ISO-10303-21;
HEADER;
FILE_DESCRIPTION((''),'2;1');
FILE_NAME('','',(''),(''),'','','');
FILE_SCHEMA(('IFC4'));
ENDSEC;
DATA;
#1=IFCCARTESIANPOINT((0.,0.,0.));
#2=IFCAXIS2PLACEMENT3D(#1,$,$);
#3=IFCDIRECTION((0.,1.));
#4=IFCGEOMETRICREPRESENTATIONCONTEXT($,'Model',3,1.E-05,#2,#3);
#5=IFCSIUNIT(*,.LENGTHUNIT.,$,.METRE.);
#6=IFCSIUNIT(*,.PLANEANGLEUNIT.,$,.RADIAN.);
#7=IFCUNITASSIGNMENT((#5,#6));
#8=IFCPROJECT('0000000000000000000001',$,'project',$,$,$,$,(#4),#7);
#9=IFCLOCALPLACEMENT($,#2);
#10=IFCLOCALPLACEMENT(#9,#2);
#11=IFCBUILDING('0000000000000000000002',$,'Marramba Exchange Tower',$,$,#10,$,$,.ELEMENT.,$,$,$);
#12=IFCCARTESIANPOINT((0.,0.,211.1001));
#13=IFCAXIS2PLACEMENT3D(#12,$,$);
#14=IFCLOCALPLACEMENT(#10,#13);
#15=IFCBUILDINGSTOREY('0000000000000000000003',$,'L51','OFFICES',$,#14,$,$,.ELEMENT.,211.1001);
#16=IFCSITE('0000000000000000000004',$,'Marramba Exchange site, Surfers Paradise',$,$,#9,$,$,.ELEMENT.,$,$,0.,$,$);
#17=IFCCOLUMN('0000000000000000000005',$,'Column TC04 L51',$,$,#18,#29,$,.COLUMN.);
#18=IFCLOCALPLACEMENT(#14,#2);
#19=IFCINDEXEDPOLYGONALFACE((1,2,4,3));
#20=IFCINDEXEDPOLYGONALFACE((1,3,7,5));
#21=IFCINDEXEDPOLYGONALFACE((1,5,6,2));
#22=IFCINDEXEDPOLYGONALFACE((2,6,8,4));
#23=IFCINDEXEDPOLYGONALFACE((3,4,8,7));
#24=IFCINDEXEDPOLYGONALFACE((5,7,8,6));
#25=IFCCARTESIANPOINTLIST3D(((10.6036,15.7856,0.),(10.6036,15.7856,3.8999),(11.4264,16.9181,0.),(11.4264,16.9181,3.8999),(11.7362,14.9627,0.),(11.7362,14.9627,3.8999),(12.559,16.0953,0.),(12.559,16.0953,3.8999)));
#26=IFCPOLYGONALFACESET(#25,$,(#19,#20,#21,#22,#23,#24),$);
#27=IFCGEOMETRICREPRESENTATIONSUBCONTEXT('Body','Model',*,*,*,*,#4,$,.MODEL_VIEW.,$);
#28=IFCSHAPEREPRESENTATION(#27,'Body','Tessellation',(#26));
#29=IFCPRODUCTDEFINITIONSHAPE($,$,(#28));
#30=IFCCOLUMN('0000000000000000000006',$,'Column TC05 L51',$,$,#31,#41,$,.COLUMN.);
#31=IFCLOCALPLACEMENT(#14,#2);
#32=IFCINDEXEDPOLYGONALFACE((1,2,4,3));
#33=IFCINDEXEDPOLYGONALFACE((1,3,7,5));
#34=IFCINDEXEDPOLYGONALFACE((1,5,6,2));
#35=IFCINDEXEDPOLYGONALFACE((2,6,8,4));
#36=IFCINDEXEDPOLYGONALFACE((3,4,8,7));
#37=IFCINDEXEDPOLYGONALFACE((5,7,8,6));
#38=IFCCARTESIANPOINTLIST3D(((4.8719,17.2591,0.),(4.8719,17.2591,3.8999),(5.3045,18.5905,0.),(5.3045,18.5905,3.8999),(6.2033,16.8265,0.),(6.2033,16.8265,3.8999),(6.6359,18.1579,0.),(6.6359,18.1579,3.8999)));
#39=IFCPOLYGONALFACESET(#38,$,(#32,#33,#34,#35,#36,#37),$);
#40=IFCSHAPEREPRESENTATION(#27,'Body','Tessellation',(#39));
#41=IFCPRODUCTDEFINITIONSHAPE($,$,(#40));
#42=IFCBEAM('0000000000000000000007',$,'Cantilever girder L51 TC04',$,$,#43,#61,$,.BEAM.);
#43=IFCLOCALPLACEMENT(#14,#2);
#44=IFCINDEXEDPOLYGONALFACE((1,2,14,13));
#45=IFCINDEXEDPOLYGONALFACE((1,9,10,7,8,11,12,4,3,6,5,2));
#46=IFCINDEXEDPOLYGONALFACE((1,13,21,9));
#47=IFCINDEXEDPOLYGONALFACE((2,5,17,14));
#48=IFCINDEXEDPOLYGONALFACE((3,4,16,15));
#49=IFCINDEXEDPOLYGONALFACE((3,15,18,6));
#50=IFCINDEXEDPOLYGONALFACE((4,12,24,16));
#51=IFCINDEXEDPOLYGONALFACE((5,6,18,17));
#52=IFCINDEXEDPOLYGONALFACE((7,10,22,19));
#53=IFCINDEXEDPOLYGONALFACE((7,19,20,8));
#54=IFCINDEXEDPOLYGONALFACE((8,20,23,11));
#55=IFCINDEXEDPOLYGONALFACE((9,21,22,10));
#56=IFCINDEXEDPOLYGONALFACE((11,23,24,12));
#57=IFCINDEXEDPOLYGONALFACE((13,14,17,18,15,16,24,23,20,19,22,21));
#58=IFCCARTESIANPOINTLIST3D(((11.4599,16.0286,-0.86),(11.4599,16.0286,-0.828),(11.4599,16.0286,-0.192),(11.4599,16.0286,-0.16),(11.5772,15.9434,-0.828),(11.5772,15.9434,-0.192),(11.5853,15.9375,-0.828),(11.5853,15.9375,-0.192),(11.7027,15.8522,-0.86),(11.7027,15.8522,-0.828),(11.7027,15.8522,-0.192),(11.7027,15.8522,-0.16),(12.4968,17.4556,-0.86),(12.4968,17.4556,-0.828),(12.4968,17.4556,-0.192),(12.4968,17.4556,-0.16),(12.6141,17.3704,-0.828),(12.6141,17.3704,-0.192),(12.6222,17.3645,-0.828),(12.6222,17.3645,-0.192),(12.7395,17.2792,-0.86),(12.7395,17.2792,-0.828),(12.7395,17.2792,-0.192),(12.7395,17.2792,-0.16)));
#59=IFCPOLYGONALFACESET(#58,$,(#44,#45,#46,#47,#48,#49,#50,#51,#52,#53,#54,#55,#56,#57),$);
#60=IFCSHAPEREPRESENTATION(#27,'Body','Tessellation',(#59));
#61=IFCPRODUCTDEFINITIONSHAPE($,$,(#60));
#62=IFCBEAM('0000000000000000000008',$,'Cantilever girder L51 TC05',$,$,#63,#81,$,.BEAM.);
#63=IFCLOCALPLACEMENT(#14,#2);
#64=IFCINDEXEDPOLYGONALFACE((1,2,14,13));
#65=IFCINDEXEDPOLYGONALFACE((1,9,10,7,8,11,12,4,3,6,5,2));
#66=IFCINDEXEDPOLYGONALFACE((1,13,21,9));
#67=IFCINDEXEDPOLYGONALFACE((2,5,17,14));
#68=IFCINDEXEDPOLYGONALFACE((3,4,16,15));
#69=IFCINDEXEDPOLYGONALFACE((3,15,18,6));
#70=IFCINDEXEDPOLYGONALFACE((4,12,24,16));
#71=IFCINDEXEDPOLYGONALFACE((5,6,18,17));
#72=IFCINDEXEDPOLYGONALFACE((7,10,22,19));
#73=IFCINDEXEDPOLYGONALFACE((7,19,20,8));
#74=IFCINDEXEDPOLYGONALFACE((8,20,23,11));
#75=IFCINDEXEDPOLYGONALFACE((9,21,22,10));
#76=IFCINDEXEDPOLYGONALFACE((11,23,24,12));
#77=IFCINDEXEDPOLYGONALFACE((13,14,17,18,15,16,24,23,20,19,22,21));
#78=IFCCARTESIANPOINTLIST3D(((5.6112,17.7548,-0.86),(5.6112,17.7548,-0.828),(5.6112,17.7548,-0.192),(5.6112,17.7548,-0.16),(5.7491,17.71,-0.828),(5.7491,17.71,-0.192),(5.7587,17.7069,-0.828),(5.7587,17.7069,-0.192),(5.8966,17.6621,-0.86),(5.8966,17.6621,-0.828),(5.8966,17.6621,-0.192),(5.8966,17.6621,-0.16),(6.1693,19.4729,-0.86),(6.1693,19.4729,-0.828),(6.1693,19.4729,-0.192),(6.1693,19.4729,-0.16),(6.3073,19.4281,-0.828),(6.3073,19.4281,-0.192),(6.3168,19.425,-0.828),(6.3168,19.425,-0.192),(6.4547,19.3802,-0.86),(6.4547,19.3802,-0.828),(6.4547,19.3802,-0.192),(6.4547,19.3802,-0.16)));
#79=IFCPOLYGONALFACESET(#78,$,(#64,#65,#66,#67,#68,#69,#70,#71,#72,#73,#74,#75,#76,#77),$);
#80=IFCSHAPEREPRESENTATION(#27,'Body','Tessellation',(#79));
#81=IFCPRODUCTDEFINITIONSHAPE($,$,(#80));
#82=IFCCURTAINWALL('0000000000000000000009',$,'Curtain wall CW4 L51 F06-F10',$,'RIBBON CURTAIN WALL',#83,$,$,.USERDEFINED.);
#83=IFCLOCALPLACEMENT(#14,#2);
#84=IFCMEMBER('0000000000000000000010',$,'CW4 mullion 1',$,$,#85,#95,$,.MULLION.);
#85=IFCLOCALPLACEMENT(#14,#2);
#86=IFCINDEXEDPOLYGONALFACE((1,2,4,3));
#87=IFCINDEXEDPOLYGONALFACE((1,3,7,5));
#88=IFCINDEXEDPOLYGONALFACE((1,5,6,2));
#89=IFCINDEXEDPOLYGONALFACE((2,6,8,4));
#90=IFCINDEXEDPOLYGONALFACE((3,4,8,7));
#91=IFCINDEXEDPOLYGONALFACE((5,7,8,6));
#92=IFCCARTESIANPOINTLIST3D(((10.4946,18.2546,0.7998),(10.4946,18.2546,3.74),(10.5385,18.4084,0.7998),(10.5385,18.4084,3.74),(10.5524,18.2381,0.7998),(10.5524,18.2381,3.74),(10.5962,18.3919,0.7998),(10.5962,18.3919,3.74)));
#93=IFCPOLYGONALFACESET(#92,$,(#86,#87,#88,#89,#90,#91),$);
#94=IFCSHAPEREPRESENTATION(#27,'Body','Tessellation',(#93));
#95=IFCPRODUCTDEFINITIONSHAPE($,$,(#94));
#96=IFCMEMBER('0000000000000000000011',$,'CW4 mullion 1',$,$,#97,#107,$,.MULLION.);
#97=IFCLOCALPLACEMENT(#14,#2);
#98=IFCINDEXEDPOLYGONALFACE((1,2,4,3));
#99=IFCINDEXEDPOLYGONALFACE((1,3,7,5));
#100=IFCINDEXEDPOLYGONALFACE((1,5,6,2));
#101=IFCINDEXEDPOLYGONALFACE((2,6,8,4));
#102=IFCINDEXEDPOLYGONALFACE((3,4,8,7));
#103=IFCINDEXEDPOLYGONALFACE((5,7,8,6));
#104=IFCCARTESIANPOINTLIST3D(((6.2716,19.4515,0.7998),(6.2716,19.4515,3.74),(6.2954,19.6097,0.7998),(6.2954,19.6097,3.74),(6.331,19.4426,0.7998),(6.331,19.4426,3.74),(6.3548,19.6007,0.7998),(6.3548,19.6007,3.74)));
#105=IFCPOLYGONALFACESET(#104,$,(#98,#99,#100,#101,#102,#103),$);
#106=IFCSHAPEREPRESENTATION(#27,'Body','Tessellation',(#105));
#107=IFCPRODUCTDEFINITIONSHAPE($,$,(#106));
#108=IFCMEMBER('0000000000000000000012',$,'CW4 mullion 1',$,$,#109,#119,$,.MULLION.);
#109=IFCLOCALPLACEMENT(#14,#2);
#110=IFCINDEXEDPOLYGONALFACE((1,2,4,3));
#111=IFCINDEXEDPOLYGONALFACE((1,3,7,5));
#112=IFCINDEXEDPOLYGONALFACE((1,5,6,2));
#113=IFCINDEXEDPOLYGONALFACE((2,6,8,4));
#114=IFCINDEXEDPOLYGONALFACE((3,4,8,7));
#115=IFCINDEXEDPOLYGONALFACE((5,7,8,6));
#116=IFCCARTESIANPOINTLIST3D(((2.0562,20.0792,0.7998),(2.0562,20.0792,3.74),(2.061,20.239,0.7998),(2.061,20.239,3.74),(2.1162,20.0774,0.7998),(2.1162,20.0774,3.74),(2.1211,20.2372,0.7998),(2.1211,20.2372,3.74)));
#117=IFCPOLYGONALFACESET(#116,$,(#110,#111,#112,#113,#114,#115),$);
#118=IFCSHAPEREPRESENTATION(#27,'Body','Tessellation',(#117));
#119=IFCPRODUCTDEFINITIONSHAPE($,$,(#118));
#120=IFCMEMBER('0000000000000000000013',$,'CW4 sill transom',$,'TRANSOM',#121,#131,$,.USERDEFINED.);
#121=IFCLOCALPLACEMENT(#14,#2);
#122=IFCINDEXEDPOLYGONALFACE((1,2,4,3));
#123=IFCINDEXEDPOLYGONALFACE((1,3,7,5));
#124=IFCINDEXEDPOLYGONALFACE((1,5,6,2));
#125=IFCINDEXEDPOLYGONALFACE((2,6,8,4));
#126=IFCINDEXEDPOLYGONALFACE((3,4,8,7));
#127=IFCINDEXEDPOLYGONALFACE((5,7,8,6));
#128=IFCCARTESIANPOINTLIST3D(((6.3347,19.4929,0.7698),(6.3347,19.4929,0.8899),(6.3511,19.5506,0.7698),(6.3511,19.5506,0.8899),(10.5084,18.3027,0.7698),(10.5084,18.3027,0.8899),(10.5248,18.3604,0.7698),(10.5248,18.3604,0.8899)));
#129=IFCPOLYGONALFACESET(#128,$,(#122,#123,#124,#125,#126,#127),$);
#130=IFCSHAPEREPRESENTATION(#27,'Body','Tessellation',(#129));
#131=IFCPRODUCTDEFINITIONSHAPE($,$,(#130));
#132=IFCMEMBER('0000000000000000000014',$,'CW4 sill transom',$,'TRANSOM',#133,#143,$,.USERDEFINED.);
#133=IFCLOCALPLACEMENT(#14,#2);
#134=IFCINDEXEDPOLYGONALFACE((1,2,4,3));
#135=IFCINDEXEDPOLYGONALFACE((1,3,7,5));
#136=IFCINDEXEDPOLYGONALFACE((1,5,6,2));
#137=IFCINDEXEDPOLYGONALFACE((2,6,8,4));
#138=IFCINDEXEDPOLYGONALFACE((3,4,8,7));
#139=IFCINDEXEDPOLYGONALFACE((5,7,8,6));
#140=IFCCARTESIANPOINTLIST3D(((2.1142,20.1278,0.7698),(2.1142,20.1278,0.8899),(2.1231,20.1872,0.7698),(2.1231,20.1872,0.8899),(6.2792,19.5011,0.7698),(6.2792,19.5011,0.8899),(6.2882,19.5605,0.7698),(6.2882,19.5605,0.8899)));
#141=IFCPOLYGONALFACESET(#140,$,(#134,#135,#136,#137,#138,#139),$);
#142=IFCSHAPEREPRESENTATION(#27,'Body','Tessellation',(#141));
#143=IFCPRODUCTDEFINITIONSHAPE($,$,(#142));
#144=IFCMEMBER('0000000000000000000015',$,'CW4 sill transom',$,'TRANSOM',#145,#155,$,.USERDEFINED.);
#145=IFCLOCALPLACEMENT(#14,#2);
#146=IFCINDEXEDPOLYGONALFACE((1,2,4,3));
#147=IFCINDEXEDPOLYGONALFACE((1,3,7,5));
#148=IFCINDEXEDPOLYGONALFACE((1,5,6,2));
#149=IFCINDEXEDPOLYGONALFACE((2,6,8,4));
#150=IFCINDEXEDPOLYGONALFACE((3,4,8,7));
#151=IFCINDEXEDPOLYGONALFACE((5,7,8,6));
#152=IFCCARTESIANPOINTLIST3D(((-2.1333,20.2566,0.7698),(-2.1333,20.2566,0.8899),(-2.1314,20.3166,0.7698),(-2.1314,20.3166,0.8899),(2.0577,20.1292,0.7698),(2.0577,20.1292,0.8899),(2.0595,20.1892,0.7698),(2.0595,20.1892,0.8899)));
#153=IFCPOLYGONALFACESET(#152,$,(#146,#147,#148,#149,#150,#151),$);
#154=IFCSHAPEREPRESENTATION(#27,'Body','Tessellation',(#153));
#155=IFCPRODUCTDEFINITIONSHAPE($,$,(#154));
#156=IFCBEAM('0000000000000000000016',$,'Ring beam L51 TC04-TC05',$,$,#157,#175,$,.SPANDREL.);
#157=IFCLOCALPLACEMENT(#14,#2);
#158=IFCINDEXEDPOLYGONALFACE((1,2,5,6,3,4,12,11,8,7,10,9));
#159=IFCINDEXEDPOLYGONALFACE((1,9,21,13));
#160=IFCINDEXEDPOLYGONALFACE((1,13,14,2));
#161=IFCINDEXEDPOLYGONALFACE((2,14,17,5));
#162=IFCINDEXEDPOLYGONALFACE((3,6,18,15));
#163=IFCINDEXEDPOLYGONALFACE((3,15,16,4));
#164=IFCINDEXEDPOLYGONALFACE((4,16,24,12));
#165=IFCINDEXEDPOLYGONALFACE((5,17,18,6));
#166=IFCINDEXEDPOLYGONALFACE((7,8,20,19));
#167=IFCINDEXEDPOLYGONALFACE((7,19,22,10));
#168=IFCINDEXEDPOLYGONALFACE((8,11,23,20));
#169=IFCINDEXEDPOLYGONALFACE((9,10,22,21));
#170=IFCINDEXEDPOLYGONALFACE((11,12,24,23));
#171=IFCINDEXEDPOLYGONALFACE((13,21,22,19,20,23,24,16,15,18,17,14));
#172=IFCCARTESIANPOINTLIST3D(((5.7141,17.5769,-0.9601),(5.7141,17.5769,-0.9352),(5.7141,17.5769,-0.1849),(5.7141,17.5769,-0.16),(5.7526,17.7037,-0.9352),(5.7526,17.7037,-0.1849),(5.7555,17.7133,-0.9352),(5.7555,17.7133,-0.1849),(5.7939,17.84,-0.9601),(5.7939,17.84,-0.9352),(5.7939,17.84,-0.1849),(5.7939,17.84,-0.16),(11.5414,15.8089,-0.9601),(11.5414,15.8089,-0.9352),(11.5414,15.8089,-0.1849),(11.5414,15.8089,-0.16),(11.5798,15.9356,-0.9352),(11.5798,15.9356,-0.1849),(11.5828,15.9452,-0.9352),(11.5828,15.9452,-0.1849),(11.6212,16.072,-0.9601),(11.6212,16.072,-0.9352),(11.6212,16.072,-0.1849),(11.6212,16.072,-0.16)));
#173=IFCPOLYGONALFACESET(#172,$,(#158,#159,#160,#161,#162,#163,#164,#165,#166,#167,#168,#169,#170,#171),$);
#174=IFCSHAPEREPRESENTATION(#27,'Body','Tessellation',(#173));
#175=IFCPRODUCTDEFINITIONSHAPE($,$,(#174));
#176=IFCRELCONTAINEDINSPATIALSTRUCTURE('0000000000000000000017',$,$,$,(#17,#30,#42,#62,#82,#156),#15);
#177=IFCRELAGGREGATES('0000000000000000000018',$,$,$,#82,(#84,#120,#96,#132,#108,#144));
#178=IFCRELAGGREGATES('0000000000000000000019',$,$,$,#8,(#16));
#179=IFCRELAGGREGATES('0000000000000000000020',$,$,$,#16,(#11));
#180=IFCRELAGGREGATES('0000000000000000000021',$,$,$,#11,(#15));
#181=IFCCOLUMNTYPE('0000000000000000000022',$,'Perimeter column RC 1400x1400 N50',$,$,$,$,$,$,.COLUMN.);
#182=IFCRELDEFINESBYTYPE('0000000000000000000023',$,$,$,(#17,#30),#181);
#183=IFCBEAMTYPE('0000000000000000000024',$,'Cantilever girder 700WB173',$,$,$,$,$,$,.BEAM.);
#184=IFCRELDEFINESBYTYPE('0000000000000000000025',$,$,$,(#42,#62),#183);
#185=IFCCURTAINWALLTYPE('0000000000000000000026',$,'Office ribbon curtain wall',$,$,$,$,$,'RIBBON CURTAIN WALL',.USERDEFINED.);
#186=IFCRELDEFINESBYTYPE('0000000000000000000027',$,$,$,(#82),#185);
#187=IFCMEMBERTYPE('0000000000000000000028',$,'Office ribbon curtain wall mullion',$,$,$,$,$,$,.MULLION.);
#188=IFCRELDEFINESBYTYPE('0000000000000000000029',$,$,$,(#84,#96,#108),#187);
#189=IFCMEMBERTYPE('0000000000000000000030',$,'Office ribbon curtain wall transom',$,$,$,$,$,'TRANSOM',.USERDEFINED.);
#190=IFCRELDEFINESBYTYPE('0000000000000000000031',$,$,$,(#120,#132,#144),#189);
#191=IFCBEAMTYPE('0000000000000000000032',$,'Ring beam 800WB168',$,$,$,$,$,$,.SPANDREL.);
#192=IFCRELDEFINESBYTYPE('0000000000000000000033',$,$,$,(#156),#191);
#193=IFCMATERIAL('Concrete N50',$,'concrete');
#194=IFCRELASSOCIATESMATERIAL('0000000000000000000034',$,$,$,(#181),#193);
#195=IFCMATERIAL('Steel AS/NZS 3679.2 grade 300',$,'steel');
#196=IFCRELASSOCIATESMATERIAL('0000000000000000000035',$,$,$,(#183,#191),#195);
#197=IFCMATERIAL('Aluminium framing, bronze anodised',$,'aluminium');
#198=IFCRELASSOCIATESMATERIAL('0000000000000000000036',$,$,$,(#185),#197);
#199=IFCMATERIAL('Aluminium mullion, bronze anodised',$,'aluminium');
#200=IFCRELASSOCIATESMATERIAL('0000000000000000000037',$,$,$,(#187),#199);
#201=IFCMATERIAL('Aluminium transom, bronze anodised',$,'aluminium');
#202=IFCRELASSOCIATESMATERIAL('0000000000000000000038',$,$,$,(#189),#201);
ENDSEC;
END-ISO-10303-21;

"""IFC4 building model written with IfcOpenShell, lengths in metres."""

from ifc_helpers import new_model, si_unit, direction, frame, origin, origin_2d, place, context, subcontext, project, spatial, rectangle, i_section, extrude, material, material_profile, profile_set, type_object, element, aggregate, save


model = new_model("IFC4")

# Units and contexts
model_context = context("Model", 3, precision=1e-05, world=origin(), true_north=direction((0.0, 1.0)))
body_context = subcontext(model_context, "Body", "Model", "MODEL_VIEW")
ifc_project = project(units=[si_unit("LENGTHUNIT", "METRE"), si_unit("PLANEANGLEUNIT", "RADIAN")], contexts=[model_context])

# Site, building, storey
site_placement = place(None, origin())
site = spatial("IfcSite", under=ifc_project, at=site_placement, Name="Marramba Exchange site, Surfers Paradise", CompositionType="ELEMENT", RefElevation=0.0)
building_placement = place(site_placement, origin())
building = spatial("IfcBuilding", under=site, at=building_placement, Name="Marramba Exchange Tower", CompositionType="ELEMENT")
storey_placement = place(building_placement, frame((0.0, 0.0, 211.1001)))
storey = spatial("IfcBuildingStorey", under=building, at=storey_placement, Name="L51", Description="OFFICES", CompositionType="ELEMENT", Elevation=211.1001)

# Columns
ifc_material_1 = material(Name="Concrete N50", Category="concrete")
ifc_material_profile_1 = material_profile(ifc_material_1, rectangle(XDim=1.3999, YDim=1.3999, at=origin_2d()), Name="RC 1400x1400")
ifc_profile_set_1 = profile_set([ifc_material_profile_1], Name="Concrete N50")
column_type = type_object("IfcColumnType", Name="Perimeter column RC 1400x1400 N50", PredefinedType="COLUMN", material=ifc_profile_set_1)
for number, where, z_axis, x_axis, name in (
    (1, (11.5813, 15.9404, 0.0), (0.0, 0.0, 1.0), (0.587785, 0.809017, 0.0), "Column TC04 L51"),
    (2, (5.7539, 17.7085, 0.0), (0.0, 0.0, 1.0), (0.309017, 0.951057, 0.0), "Column TC05 L51"),
):
    element("IfcColumn", number, at=place(storey_placement, frame(where, z_axis=z_axis, x_axis=x_axis)), inside=storey, type_object=column_type, Name=name, PredefinedType="COLUMN", context=body_context, shape_type="SweptSolid", body=[
        extrude(rectangle(XDim=1.3999, YDim=1.3999, at=origin_2d()), origin(), (0.0, 0.0, 1.0), 3.8999),
    ])

# Beams
ifc_material_2 = material(Name="Steel AS/NZS 3679.2 grade 300", Category="steel")
ifc_material_profile_2 = material_profile(ifc_material_2, i_section(OverallWidth=0.3, OverallDepth=0.7, WebThickness=0.01, FlangeThickness=0.032, at=origin_2d()), Name="700WB173")
ifc_profile_set_2 = profile_set([ifc_material_profile_2], Name="Steel AS/NZS 3679.2 grade 300")
beam_type_1 = type_object("IfcBeamType", Name="Cantilever girder 700WB173", PredefinedType="BEAM", material=ifc_profile_set_2)
beam_1_placement = place(storey_placement, frame((11.5813, 15.9404, -0.51), z_axis=(0.587818, 0.808993, 0.0), x_axis=(-0.808993, 0.587818, 0.0)))
element("IfcBeam", 3, at=beam_1_placement, inside=storey, type_object=beam_type_1, Name="Cantilever girder L51 TC04", PredefinedType="BEAM", context=body_context, shape_type="SweptSolid", body=[
    extrude(i_section(OverallWidth=0.3, OverallDepth=0.7, WebThickness=0.01, FlangeThickness=0.032, at=origin_2d()), origin(), (0.0, 0.0, 1.0), 1.7639),
])
beam_2_placement = place(storey_placement, frame((5.7539, 17.7085, -0.51), z_axis=(0.308961, 0.951075, 0.0), x_axis=(-0.951075, 0.308961, 0.0)))
element("IfcBeam", 4, at=beam_2_placement, inside=storey, type_object=beam_type_1, Name="Cantilever girder L51 TC05", PredefinedType="BEAM", context=body_context, shape_type="SweptSolid", body=[
    extrude(i_section(OverallWidth=0.3, OverallDepth=0.7, WebThickness=0.01, FlangeThickness=0.032, at=origin_2d()), origin(), (0.0, 0.0, 1.0), 1.8064),
])

# Curtain wall, members
ifc_material_3 = material(Name="Aluminium framing, bronze anodised", Category="aluminium")
curtain_wall_type = type_object("IfcCurtainWallType", Name="Office ribbon curtain wall", ElementType="RIBBON CURTAIN WALL", PredefinedType="USERDEFINED", material=ifc_material_3)
curtain_wall_1_placement = place(storey_placement, origin())
curtain_wall_1 = element("IfcCurtainWall", 5, at=curtain_wall_1_placement, inside=storey, type_object=curtain_wall_type, Name="Curtain wall CW4 L51 F06-F10", ObjectType="RIBBON CURTAIN WALL", PredefinedType="USERDEFINED")
ifc_material_4 = material(Name="Aluminium mullion, bronze anodised", Category="aluminium")
ifc_material_profile_3 = material_profile(ifc_material_4, rectangle(XDim=0.1599, YDim=0.0601, at=origin_2d()), Name="CW4 mullion 60x160")
ifc_profile_set_3 = profile_set([ifc_material_profile_3], Name="Aluminium mullion, bronze anodised")
member_type_1 = type_object("IfcMemberType", Name="Office ribbon curtain wall mullion", PredefinedType="MULLION", material=ifc_profile_set_3)
member_1_placement = place(storey_placement, frame((10.5454, 18.3232, 0.7998), z_axis=(0.0, 0.0, 1.0), x_axis=(-0.274248, -0.961659, 0.0)))
member_1 = element("IfcMember", 6, at=member_1_placement, type_object=member_type_1, Name="CW4 mullion 1", PredefinedType="MULLION", context=body_context, shape_type="SweptSolid", body=[
    extrude(rectangle(XDim=0.1599, YDim=0.0601, at=origin_2d()), origin(), (0.0, 0.0, 1.0), 2.9402),
])
member_2_placement = place(storey_placement, frame((6.3132, 19.5261, 0.7998), z_axis=(0.0, 0.0, 1.0), x_axis=(-0.148795, -0.988868, 0.0)))
member_2 = element("IfcMember", 7, at=member_2_placement, type_object=member_type_1, Name="CW4 mullion 1", PredefinedType="MULLION", context=body_context, shape_type="SweptSolid", body=[
    extrude(rectangle(XDim=0.1599, YDim=0.0601, at=origin_2d()), origin(), (0.0, 0.0, 1.0), 2.9402),
])
member_3_placement = place(storey_placement, frame((2.0886, 20.1582, 0.7998), z_axis=(0.0, 0.0, 1.0), x_axis=(-0.030394, -0.999538, 0.0)))
member_3 = element("IfcMember", 8, at=member_3_placement, type_object=member_type_1, Name="CW4 mullion 1", PredefinedType="MULLION", context=body_context, shape_type="SweptSolid", body=[
    extrude(rectangle(XDim=0.1599, YDim=0.0601, at=origin_2d()), origin(), (0.0, 0.0, 1.0), 2.9402),
])
ifc_material_5 = material(Name="Aluminium transom, bronze anodised", Category="aluminium")
ifc_material_profile_4 = material_profile(ifc_material_5, rectangle(XDim=0.0601, YDim=0.1201, at=origin_2d()), Name="CW4 transom 60x120")
ifc_profile_set_4 = profile_set([ifc_material_profile_4], Name="Aluminium transom, bronze anodised")
member_type_2 = type_object("IfcMemberType", Name="Office ribbon curtain wall transom", ElementType="TRANSOM", PredefinedType="USERDEFINED", material=ifc_profile_set_4)
member_4_placement = place(storey_placement, frame((10.5166, 18.3315, 0.8298), z_axis=(-0.961662, 0.274238, 0.0), x_axis=(-0.274238, -0.961662, 0.0)))
member_4 = element("IfcMember", 9, at=member_4_placement, type_object=member_type_2, Name="CW4 sill transom", ObjectType="TRANSOM", PredefinedType="USERDEFINED", context=body_context, shape_type="SweptSolid", body=[
    extrude(rectangle(XDim=0.0601, YDim=0.1201, at=origin_2d()), origin(), (0.0, 0.0, 1.0), 4.3401),
])
member_5_placement = place(storey_placement, frame((6.2837, 19.5308, 0.8298), z_axis=(-0.988868, 0.148794, 0.0), x_axis=(-0.148794, -0.988868, 0.0)))
member_5 = element("IfcMember", 10, at=member_5_placement, type_object=member_type_2, Name="CW4 sill transom", ObjectType="TRANSOM", PredefinedType="USERDEFINED", context=body_context, shape_type="SweptSolid", body=[
    extrude(rectangle(XDim=0.0601, YDim=0.1201, at=origin_2d()), origin(), (0.0, 0.0, 1.0), 4.2119),
])
member_6_placement = place(storey_placement, frame((2.0586, 20.1592, 0.8298), z_axis=(-0.999538, 0.030395, 0.0), x_axis=(-0.030395, -0.999538, 0.0)))
member_6 = element("IfcMember", 11, at=member_6_placement, type_object=member_type_2, Name="CW4 sill transom", ObjectType="TRANSOM", PredefinedType="USERDEFINED", context=body_context, shape_type="SweptSolid", body=[
    extrude(rectangle(XDim=0.0601, YDim=0.1201, at=origin_2d()), origin(), (0.0, 0.0, 1.0), 4.1929),
])

# Beam
ifc_material_profile_5 = material_profile(ifc_material_2, i_section(OverallWidth=0.2749, OverallDepth=0.8, WebThickness=0.01, FlangeThickness=0.0249, at=origin_2d()), Name="800WB168")
ifc_profile_set_5 = profile_set([ifc_material_profile_5], Name="Steel AS/NZS 3679.2 grade 300")
beam_type_2 = type_object("IfcBeamType", Name="Ring beam 800WB168", PredefinedType="SPANDREL", material=ifc_profile_set_5)
beam_3_placement = place(storey_placement, frame((11.5813, 15.9404, -0.5601), z_axis=(-0.956925, 0.290337, 0.0), x_axis=(-0.290337, -0.956925, 0.0)))
element("IfcBeam", 12, at=beam_3_placement, inside=storey, type_object=beam_type_2, Name="Ring beam L51 TC04-TC05", PredefinedType="SPANDREL", context=body_context, shape_type="SweptSolid", body=[
    extrude(i_section(OverallWidth=0.2749, OverallDepth=0.8, WebThickness=0.01, FlangeThickness=0.0249, at=origin_2d()), origin(), (0.0, 0.0, 1.0), 6.0896),
])

aggregate(curtain_wall_1, [member_1, member_4, member_2, member_5, member_3, member_6])

save(model, "model.ifc")
